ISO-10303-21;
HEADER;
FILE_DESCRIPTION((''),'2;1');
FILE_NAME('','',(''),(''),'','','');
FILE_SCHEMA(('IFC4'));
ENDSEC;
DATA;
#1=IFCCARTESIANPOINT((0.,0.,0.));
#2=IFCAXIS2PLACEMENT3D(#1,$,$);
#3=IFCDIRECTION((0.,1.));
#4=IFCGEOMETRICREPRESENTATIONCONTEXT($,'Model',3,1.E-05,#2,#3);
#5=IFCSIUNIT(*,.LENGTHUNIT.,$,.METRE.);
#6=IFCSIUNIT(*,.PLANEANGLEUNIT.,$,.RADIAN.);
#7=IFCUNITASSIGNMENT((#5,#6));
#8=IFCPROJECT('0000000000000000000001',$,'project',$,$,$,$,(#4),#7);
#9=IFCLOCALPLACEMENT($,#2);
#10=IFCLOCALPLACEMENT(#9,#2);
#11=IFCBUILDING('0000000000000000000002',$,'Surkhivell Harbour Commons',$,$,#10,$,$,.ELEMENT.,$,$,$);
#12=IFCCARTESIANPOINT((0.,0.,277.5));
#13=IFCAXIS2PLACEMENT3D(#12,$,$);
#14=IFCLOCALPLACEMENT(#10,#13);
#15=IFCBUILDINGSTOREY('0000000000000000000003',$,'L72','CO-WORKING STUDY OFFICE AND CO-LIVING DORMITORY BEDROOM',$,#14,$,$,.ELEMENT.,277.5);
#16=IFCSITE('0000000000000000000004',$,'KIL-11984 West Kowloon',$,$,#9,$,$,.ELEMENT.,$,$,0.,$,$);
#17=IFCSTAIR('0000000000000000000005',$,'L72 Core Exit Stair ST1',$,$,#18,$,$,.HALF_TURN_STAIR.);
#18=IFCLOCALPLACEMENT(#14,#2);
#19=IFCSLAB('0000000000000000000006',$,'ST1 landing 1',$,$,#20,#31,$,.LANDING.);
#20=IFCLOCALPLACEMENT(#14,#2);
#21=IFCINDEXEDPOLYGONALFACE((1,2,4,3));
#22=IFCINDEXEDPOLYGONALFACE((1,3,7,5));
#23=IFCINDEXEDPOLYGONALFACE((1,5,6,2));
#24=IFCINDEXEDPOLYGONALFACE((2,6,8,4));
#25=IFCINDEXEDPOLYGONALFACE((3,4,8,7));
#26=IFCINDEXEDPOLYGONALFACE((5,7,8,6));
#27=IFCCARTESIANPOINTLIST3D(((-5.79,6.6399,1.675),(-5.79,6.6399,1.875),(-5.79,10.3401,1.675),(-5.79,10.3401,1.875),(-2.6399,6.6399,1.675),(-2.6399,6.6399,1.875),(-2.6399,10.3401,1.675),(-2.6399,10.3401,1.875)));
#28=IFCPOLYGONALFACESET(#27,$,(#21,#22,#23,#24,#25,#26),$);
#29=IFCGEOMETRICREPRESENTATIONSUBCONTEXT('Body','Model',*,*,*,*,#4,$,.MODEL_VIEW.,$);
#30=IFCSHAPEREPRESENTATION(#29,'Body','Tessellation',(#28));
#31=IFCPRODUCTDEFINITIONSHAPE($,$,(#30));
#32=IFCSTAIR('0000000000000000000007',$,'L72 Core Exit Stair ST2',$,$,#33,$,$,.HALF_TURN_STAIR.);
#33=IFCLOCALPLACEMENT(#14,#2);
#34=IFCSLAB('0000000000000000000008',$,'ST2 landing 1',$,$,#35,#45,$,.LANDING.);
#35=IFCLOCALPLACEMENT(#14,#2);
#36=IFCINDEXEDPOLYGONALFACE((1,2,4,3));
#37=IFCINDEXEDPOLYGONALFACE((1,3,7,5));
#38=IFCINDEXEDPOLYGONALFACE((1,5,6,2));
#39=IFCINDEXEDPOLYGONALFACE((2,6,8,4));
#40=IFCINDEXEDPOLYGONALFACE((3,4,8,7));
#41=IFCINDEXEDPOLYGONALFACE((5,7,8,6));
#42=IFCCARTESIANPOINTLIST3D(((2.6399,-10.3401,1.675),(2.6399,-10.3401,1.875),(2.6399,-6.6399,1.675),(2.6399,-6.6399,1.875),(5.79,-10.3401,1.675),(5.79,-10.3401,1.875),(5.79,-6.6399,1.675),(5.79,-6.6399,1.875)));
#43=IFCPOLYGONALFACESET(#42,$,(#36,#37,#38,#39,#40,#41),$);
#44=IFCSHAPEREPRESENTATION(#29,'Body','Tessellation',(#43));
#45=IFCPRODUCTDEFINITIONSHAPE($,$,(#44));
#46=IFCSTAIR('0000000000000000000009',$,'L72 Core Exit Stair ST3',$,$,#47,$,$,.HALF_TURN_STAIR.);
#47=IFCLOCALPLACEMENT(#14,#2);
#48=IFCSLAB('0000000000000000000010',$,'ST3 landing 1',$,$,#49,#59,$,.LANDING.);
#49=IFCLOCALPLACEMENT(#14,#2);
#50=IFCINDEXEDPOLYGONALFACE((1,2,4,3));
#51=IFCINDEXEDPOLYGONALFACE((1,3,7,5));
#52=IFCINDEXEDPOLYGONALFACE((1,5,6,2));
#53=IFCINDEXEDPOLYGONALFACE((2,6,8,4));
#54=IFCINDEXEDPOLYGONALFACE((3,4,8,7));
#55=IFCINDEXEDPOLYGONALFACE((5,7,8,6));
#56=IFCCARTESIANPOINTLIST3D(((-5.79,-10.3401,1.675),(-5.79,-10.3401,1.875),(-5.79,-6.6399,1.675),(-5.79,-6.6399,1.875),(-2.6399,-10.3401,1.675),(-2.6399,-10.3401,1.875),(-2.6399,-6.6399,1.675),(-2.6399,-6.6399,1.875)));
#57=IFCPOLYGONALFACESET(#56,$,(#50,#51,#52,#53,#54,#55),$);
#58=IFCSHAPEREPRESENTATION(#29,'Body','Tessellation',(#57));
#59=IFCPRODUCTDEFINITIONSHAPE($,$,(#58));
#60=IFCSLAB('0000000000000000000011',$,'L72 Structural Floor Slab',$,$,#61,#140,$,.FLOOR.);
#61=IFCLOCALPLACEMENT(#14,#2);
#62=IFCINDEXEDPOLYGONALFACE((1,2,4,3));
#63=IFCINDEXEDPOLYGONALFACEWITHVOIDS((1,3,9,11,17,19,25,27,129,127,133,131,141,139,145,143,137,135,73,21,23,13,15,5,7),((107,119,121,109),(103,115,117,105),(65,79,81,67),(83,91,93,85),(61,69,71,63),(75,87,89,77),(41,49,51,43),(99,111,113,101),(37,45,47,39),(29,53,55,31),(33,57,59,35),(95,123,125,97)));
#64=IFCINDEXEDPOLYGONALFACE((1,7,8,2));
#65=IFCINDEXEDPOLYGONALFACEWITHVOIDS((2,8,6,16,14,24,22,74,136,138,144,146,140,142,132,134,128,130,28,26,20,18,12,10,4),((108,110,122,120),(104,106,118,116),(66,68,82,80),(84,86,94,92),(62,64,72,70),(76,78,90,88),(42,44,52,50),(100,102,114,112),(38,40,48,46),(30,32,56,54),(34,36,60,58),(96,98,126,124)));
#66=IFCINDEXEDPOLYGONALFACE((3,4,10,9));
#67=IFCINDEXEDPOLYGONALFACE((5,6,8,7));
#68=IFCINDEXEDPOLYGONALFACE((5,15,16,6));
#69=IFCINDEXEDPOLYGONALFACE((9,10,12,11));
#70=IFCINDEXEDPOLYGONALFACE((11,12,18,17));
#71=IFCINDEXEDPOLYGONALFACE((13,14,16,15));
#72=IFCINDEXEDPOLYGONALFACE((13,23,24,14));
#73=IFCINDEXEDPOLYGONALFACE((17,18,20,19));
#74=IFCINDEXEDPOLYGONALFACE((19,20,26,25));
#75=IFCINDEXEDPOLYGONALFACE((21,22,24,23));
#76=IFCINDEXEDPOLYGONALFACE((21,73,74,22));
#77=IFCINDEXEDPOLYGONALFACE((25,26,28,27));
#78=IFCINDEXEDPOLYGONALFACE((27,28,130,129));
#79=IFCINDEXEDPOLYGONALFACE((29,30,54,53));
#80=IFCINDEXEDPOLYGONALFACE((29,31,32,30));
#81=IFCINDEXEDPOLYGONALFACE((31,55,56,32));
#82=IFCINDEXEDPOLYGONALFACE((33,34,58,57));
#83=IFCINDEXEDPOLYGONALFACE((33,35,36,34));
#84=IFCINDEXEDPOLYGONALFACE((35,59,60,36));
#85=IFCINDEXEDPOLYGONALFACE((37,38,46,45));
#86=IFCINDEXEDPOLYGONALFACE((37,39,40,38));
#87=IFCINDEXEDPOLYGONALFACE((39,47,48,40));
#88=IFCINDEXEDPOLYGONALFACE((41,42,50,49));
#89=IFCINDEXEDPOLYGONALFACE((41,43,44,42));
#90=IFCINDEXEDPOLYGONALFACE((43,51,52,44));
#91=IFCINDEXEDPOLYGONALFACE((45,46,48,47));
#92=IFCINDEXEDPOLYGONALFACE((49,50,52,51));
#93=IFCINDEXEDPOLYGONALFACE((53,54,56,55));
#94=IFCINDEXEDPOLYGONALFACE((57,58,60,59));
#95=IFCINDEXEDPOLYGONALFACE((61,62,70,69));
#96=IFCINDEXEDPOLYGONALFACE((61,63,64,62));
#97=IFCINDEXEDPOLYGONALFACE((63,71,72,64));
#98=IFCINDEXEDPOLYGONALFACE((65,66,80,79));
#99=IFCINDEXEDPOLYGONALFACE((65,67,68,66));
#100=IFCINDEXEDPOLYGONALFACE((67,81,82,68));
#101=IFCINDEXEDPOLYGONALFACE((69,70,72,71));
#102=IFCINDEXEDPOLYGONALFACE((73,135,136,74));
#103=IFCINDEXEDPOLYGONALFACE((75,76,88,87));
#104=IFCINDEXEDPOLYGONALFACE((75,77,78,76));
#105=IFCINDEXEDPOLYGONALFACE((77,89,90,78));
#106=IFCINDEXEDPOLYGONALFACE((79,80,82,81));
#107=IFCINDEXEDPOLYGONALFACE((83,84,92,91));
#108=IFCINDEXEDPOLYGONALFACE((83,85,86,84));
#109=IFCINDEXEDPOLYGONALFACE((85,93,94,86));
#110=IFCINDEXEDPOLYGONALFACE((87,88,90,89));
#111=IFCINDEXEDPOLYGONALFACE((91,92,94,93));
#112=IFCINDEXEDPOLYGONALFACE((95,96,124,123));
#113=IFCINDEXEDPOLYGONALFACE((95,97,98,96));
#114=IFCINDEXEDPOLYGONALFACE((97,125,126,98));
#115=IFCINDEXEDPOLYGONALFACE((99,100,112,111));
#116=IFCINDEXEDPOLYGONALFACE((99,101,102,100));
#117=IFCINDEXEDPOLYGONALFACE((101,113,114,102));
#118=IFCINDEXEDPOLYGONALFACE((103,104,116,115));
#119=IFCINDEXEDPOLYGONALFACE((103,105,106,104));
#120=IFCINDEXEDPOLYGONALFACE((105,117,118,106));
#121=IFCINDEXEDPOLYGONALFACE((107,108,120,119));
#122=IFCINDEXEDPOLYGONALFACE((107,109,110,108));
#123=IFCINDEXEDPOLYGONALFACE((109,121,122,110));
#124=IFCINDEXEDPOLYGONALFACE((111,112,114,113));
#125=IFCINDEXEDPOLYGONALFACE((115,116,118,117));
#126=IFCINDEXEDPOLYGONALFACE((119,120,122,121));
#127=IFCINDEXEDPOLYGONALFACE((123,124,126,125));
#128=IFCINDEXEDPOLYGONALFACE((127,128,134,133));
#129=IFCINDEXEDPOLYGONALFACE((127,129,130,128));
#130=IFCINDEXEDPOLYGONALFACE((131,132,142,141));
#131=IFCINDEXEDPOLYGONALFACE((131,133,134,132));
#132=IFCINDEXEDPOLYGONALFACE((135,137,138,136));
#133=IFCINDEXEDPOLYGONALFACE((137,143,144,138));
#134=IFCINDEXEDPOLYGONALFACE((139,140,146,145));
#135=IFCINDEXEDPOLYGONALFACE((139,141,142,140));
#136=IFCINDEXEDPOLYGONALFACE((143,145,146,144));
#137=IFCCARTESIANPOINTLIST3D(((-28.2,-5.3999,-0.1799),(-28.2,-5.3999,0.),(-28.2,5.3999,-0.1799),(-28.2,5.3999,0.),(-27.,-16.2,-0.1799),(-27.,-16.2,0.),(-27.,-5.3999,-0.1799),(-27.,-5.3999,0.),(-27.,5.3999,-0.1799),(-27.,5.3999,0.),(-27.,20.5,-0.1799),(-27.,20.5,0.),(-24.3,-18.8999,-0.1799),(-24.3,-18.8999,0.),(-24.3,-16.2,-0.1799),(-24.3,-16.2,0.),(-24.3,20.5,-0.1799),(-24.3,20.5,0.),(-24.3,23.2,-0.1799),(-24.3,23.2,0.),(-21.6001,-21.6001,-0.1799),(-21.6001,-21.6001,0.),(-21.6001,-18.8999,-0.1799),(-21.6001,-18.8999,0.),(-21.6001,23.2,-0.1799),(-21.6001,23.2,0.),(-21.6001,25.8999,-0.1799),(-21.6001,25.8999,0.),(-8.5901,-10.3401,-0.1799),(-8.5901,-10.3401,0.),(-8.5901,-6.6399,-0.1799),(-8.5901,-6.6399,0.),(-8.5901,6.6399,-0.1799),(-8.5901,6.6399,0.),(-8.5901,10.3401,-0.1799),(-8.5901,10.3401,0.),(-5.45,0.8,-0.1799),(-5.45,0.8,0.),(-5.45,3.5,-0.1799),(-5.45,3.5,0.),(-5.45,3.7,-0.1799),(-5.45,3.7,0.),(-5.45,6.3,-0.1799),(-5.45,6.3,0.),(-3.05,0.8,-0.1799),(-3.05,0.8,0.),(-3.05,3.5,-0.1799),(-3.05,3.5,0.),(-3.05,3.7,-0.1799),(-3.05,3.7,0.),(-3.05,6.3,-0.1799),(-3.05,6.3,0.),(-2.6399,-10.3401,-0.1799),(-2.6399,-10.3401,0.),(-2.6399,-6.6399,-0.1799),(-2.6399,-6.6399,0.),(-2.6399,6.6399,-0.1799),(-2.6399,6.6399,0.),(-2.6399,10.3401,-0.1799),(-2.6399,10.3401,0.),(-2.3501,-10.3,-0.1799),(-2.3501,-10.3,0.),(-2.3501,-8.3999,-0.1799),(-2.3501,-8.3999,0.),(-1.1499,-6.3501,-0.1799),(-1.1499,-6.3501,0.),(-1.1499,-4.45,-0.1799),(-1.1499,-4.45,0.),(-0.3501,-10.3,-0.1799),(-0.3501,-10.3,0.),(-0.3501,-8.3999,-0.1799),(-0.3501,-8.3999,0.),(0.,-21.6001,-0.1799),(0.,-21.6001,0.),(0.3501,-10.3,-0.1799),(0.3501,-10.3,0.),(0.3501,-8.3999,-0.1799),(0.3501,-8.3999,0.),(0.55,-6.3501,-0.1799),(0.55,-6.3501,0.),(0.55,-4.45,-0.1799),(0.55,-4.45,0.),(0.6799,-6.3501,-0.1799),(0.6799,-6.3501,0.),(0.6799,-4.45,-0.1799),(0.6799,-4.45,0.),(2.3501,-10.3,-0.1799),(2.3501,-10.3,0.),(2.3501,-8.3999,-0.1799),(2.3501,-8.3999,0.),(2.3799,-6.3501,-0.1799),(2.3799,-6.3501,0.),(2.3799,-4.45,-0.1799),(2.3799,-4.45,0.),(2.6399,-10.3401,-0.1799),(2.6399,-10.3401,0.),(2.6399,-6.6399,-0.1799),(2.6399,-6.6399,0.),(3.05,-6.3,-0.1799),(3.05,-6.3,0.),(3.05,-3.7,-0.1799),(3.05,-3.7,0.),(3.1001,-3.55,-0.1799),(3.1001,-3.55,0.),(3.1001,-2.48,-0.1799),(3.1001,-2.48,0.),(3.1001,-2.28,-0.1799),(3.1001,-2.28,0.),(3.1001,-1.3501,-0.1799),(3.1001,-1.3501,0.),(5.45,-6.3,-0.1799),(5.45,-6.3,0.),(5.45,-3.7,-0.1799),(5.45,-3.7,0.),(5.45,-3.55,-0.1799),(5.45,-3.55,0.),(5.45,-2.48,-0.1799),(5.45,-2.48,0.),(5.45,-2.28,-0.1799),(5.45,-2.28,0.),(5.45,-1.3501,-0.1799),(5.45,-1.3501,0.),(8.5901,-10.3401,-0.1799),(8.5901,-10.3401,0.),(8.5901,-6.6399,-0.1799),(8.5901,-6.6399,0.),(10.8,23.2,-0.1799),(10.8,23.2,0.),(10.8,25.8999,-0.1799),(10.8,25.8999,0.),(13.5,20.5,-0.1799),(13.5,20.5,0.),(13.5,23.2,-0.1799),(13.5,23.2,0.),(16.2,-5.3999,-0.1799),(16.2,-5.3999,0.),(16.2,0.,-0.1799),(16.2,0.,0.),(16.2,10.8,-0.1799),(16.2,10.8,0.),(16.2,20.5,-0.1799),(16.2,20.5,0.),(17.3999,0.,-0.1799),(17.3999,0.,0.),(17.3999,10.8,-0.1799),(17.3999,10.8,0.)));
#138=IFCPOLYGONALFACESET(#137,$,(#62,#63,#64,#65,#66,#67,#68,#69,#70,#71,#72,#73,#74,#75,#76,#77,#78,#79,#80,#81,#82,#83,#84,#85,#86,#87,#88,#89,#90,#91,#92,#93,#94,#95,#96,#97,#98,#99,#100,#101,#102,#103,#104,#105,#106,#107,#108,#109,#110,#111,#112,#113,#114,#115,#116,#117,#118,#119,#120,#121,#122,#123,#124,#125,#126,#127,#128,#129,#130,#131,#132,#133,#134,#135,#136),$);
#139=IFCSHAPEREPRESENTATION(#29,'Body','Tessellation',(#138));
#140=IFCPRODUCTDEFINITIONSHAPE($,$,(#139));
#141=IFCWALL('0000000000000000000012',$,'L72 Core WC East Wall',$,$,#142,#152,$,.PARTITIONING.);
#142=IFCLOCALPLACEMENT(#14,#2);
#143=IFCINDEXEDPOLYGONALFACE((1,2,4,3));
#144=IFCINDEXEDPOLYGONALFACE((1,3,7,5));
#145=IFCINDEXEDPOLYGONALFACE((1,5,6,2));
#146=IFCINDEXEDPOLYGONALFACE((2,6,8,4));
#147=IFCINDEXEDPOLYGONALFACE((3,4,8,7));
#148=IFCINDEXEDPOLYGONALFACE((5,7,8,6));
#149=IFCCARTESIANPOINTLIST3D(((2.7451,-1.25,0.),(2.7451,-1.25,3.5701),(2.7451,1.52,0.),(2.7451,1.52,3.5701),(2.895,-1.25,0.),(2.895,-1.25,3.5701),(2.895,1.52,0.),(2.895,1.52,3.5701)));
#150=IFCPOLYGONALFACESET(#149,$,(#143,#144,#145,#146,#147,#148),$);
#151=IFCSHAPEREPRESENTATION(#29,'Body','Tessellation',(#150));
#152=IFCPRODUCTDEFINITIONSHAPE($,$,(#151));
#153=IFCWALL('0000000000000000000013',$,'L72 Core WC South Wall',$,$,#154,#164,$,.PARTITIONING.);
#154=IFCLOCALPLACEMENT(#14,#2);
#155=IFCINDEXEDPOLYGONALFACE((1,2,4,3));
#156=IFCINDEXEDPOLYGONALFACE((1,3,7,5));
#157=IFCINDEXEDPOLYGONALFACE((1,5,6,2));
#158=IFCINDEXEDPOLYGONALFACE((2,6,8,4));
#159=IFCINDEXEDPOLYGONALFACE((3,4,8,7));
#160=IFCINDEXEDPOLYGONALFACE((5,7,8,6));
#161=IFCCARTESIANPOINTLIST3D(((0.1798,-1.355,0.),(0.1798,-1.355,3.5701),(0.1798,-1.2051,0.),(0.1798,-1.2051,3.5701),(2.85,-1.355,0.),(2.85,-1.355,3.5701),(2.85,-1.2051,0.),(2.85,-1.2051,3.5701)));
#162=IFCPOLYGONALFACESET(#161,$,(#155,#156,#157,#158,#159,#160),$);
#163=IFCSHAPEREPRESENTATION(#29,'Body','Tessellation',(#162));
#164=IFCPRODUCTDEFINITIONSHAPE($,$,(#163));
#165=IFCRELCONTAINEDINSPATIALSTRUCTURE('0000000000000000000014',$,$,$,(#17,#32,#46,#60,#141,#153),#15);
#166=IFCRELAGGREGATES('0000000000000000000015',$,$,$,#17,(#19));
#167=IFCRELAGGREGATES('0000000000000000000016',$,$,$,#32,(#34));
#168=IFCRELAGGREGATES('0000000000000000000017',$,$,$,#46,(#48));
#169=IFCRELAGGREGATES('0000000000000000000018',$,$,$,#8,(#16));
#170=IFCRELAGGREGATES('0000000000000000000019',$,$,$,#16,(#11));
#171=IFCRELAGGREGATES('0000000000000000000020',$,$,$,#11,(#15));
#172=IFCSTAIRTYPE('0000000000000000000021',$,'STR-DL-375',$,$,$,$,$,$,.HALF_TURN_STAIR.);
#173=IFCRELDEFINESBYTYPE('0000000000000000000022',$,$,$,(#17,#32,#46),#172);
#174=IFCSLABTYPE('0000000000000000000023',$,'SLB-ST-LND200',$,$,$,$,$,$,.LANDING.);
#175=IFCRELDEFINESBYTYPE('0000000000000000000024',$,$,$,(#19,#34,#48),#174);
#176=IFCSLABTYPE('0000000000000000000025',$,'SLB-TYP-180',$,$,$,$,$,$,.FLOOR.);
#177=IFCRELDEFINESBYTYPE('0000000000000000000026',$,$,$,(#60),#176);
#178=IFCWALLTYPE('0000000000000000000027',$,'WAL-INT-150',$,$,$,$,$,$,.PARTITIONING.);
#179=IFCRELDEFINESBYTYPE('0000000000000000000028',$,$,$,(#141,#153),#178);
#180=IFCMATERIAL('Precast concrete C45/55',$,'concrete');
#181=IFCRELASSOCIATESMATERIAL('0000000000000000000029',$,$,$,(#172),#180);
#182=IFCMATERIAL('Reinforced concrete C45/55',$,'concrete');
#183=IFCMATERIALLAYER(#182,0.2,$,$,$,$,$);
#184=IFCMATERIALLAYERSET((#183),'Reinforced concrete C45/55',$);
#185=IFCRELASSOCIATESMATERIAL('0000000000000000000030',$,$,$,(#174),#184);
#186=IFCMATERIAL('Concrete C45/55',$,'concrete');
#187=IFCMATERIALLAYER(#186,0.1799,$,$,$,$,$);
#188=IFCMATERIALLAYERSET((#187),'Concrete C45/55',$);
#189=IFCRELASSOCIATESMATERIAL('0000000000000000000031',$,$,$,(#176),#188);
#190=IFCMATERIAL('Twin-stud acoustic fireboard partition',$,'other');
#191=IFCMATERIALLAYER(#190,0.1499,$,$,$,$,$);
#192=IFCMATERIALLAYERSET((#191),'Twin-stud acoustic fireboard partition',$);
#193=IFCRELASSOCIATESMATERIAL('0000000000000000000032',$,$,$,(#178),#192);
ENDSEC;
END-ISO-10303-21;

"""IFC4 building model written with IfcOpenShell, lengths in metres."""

from ifc_helpers import new_model, si_unit, direction, frame, frame_2d, origin, place, context, subcontext, project, spatial, polyline, rectangle, outline, extrude, material, layer, layer_set, type_object, element, aggregate, save


model = new_model("IFC4")

# Units and contexts
model_context = context("Model", 3, precision=1e-05, world=origin(), true_north=direction((0.0, 1.0)))
body_context = subcontext(model_context, "Body", "Model", "MODEL_VIEW")
ifc_project = project(units=[si_unit("LENGTHUNIT", "METRE"), si_unit("PLANEANGLEUNIT", "RADIAN")], contexts=[model_context])

# Site, building, storey
site_placement = place(None, origin())
site = spatial("IfcSite", under=ifc_project, at=site_placement, Name="KIL-11984 West Kowloon", CompositionType="ELEMENT", RefElevation=0.0)
building_placement = place(site_placement, origin())
building = spatial("IfcBuilding", under=site, at=building_placement, Name="Surkhivell Harbour Commons", CompositionType="ELEMENT")
storey_placement = place(building_placement, frame((0.0, 0.0, 277.5)))
storey = spatial("IfcBuildingStorey", under=building, at=storey_placement, Name="L72", Description="CO-WORKING STUDY OFFICE AND CO-LIVING DORMITORY BEDROOM", CompositionType="ELEMENT", Elevation=277.5)

# Stairs, slabs
ifc_material_1 = material(Name="Precast concrete C45/55", Category="concrete")
stair_type = type_object("IfcStairType", Name="STR-DL-375", PredefinedType="HALF_TURN_STAIR", material=ifc_material_1)
stair_1_placement = place(storey_placement, origin())
stair_1 = element("IfcStair", 1, at=stair_1_placement, inside=storey, type_object=stair_type, Name="L72 Core Exit Stair ST1", PredefinedType="HALF_TURN_STAIR")
ifc_material_2 = material(Name="Reinforced concrete C45/55", Category="concrete")
ifc_layer_1 = layer(ifc_material_2, 0.2)
ifc_layer_set_1 = layer_set([ifc_layer_1], Name="Reinforced concrete C45/55")
slab_type_1 = type_object("IfcSlabType", Name="SLB-ST-LND200", PredefinedType="LANDING", material=ifc_layer_set_1)
slab_1_placement = place(storey_placement, frame((0.0, 0.0, 1.675)))
slab_1 = element("IfcSlab", 2, at=slab_1_placement, type_object=slab_type_1, Name="ST1 landing 1", PredefinedType="LANDING", context=body_context, shape_type="SweptSolid", body=[
    extrude(outline(polyline([(-5.79, 6.6399), (-2.6399, 6.6399), (-2.6399, 10.3401), (-5.79, 10.3401), (-5.79, 6.6399)])), origin(), (0.0, 0.0, 1.0), 0.2),
])
aggregate(stair_1, [slab_1])
stair_2_placement = place(storey_placement, origin())
stair_2 = element("IfcStair", 3, at=stair_2_placement, inside=storey, type_object=stair_type, Name="L72 Core Exit Stair ST2", PredefinedType="HALF_TURN_STAIR")
slab_2_placement = place(storey_placement, frame((0.0, 0.0, 1.675)))
slab_2 = element("IfcSlab", 4, at=slab_2_placement, type_object=slab_type_1, Name="ST2 landing 1", PredefinedType="LANDING", context=body_context, shape_type="SweptSolid", body=[
    extrude(outline(polyline([(5.79, -6.6399), (2.6399, -6.6399), (2.6399, -10.3401), (5.79, -10.3401), (5.79, -6.6399)])), origin(), (0.0, 0.0, 1.0), 0.2),
])
aggregate(stair_2, [slab_2])
stair_3_placement = place(storey_placement, origin())
stair_3 = element("IfcStair", 5, at=stair_3_placement, inside=storey, type_object=stair_type, Name="L72 Core Exit Stair ST3", PredefinedType="HALF_TURN_STAIR")
slab_3_placement = place(storey_placement, frame((0.0, 0.0, 1.675)))
slab_3 = element("IfcSlab", 6, at=slab_3_placement, type_object=slab_type_1, Name="ST3 landing 1", PredefinedType="LANDING", context=body_context, shape_type="SweptSolid", body=[
    extrude(outline(polyline([(-5.79, -10.3401), (-2.6399, -10.3401), (-2.6399, -6.6399), (-5.79, -6.6399), (-5.79, -10.3401)])), origin(), (0.0, 0.0, 1.0), 0.2),
])
aggregate(stair_3, [slab_3])

# Slab
ifc_material_3 = material(Name="Concrete C45/55", Category="concrete")
ifc_layer_2 = layer(ifc_material_3, 0.1799)
ifc_layer_set_2 = layer_set([ifc_layer_2], Name="Concrete C45/55")
slab_type_2 = type_object("IfcSlabType", Name="SLB-TYP-180", PredefinedType="FLOOR", material=ifc_layer_set_2)
slab_4_placement = place(storey_placement, frame((0.0, 0.0, -0.1799)))
element("IfcSlab", 7, at=slab_4_placement, inside=storey, type_object=slab_type_2, Name="L72 Structural Floor Slab", PredefinedType="FLOOR", context=body_context, shape_type="SweptSolid", body=[
    extrude(outline(polyline([(-27.0, 20.5), (-27.0, 5.3999), (-28.2, 5.3999), (-28.2, -5.3999), (-27.0, -5.3999), (-27.0, -16.2), (-24.3, -16.2), (-24.3, -18.8999), (-21.6001, -18.8999), (-21.6001, -21.6001), (0.0, -21.6001), (16.2, -5.3999), (16.2, 0.0), (17.3999, 0.0), (17.3999, 10.8), (16.2, 10.8), (16.2, 20.5), (13.5, 20.5), (13.5, 23.2), (10.8, 23.2), (10.8, 25.8999), (-21.6001, 25.8999), (-21.6001, 23.2), (-24.3, 23.2), (-24.3, 20.5), (-27.0, 20.5)]), holes=[polyline([(-8.5901, 6.6399), (-2.6399, 6.6399), (-2.6399, 10.3401), (-8.5901, 10.3401), (-8.5901, 6.6399)]), polyline([(8.5901, -6.6399), (2.6399, -6.6399), (2.6399, -10.3401), (8.5901, -10.3401), (8.5901, -6.6399)]), polyline([(-8.5901, -10.3401), (-2.6399, -10.3401), (-2.6399, -6.6399), (-8.5901, -6.6399), (-8.5901, -10.3401)]), polyline([(-1.1499, -6.3501), (0.55, -6.3501), (0.55, -4.45), (-1.1499, -4.45), (-1.1499, -6.3501)]), polyline([(0.6799, -6.3501), (2.3799, -6.3501), (2.3799, -4.45), (0.6799, -4.45), (0.6799, -6.3501)]), polyline([(-2.3501, -10.3), (-0.3501, -10.3), (-0.3501, -8.3999), (-2.3501, -8.3999), (-2.3501, -10.3)]), polyline([(0.3501, -10.3), (2.3501, -10.3), (2.3501, -8.3999), (0.3501, -8.3999), (0.3501, -10.3)]), polyline([(-5.45, 3.7), (-3.05, 3.7), (-3.05, 6.3), (-5.45, 6.3), (-5.45, 3.7)]), polyline([(3.05, -6.3), (5.45, -6.3), (5.45, -3.7), (3.05, -3.7), (3.05, -6.3)]), polyline([(-5.45, 0.8), (-3.05, 0.8), (-3.05, 3.5), (-5.45, 3.5), (-5.45, 0.8)]), polyline([(3.1001, -3.55), (5.45, -3.55), (5.45, -2.48), (3.1001, -2.48), (3.1001, -3.55)]), polyline([(3.1001, -2.28), (5.45, -2.28), (5.45, -1.3501), (3.1001, -1.3501), (3.1001, -2.28)])]), origin(), (0.0, 0.0, 1.0), 0.1799),
])

# Walls
ifc_material_4 = material(Name="Twin-stud acoustic fireboard partition", Category="other")
ifc_layer_3 = layer(ifc_material_4, 0.1499)
ifc_layer_set_3 = layer_set([ifc_layer_3], Name="Twin-stud acoustic fireboard partition")
wall_type_1 = type_object("IfcWallType", Name="WAL-INT-150", PredefinedType="PARTITIONING", material=ifc_layer_set_3)
wall_1_placement = place(storey_placement, frame((2.8201, -1.25, 0.0), z_axis=(0.0, 0.0, 1.0), x_axis=(0.0, 1.0, 0.0)))
element("IfcWall", 8, at=wall_1_placement, inside=storey, type_object=wall_type_1, Name="L72 Core WC East Wall", PredefinedType="PARTITIONING", context=body_context, shape_type="SweptSolid", body=[
    extrude(rectangle(XDim=2.77, YDim=0.1499, at=frame_2d((1.385, 0.0))), origin(), (0.0, 0.0, 1.0), 3.5701),
])
wall_2_placement = place(storey_placement, frame((0.1799, -1.28, 0.0), z_axis=(0.0, 0.0, 1.0), x_axis=(1.0, 0.0, 0.0)))
element("IfcWall", 9, at=wall_2_placement, inside=storey, type_object=wall_type_1, Name="L72 Core WC South Wall", PredefinedType="PARTITIONING", context=body_context, shape_type="SweptSolid", body=[
    extrude(rectangle(XDim=2.6702, YDim=0.1499, at=frame_2d((1.335, 0.0))), origin(), (0.0, 0.0, 1.0), 3.5701),
])

save(model, "model.ifc")
